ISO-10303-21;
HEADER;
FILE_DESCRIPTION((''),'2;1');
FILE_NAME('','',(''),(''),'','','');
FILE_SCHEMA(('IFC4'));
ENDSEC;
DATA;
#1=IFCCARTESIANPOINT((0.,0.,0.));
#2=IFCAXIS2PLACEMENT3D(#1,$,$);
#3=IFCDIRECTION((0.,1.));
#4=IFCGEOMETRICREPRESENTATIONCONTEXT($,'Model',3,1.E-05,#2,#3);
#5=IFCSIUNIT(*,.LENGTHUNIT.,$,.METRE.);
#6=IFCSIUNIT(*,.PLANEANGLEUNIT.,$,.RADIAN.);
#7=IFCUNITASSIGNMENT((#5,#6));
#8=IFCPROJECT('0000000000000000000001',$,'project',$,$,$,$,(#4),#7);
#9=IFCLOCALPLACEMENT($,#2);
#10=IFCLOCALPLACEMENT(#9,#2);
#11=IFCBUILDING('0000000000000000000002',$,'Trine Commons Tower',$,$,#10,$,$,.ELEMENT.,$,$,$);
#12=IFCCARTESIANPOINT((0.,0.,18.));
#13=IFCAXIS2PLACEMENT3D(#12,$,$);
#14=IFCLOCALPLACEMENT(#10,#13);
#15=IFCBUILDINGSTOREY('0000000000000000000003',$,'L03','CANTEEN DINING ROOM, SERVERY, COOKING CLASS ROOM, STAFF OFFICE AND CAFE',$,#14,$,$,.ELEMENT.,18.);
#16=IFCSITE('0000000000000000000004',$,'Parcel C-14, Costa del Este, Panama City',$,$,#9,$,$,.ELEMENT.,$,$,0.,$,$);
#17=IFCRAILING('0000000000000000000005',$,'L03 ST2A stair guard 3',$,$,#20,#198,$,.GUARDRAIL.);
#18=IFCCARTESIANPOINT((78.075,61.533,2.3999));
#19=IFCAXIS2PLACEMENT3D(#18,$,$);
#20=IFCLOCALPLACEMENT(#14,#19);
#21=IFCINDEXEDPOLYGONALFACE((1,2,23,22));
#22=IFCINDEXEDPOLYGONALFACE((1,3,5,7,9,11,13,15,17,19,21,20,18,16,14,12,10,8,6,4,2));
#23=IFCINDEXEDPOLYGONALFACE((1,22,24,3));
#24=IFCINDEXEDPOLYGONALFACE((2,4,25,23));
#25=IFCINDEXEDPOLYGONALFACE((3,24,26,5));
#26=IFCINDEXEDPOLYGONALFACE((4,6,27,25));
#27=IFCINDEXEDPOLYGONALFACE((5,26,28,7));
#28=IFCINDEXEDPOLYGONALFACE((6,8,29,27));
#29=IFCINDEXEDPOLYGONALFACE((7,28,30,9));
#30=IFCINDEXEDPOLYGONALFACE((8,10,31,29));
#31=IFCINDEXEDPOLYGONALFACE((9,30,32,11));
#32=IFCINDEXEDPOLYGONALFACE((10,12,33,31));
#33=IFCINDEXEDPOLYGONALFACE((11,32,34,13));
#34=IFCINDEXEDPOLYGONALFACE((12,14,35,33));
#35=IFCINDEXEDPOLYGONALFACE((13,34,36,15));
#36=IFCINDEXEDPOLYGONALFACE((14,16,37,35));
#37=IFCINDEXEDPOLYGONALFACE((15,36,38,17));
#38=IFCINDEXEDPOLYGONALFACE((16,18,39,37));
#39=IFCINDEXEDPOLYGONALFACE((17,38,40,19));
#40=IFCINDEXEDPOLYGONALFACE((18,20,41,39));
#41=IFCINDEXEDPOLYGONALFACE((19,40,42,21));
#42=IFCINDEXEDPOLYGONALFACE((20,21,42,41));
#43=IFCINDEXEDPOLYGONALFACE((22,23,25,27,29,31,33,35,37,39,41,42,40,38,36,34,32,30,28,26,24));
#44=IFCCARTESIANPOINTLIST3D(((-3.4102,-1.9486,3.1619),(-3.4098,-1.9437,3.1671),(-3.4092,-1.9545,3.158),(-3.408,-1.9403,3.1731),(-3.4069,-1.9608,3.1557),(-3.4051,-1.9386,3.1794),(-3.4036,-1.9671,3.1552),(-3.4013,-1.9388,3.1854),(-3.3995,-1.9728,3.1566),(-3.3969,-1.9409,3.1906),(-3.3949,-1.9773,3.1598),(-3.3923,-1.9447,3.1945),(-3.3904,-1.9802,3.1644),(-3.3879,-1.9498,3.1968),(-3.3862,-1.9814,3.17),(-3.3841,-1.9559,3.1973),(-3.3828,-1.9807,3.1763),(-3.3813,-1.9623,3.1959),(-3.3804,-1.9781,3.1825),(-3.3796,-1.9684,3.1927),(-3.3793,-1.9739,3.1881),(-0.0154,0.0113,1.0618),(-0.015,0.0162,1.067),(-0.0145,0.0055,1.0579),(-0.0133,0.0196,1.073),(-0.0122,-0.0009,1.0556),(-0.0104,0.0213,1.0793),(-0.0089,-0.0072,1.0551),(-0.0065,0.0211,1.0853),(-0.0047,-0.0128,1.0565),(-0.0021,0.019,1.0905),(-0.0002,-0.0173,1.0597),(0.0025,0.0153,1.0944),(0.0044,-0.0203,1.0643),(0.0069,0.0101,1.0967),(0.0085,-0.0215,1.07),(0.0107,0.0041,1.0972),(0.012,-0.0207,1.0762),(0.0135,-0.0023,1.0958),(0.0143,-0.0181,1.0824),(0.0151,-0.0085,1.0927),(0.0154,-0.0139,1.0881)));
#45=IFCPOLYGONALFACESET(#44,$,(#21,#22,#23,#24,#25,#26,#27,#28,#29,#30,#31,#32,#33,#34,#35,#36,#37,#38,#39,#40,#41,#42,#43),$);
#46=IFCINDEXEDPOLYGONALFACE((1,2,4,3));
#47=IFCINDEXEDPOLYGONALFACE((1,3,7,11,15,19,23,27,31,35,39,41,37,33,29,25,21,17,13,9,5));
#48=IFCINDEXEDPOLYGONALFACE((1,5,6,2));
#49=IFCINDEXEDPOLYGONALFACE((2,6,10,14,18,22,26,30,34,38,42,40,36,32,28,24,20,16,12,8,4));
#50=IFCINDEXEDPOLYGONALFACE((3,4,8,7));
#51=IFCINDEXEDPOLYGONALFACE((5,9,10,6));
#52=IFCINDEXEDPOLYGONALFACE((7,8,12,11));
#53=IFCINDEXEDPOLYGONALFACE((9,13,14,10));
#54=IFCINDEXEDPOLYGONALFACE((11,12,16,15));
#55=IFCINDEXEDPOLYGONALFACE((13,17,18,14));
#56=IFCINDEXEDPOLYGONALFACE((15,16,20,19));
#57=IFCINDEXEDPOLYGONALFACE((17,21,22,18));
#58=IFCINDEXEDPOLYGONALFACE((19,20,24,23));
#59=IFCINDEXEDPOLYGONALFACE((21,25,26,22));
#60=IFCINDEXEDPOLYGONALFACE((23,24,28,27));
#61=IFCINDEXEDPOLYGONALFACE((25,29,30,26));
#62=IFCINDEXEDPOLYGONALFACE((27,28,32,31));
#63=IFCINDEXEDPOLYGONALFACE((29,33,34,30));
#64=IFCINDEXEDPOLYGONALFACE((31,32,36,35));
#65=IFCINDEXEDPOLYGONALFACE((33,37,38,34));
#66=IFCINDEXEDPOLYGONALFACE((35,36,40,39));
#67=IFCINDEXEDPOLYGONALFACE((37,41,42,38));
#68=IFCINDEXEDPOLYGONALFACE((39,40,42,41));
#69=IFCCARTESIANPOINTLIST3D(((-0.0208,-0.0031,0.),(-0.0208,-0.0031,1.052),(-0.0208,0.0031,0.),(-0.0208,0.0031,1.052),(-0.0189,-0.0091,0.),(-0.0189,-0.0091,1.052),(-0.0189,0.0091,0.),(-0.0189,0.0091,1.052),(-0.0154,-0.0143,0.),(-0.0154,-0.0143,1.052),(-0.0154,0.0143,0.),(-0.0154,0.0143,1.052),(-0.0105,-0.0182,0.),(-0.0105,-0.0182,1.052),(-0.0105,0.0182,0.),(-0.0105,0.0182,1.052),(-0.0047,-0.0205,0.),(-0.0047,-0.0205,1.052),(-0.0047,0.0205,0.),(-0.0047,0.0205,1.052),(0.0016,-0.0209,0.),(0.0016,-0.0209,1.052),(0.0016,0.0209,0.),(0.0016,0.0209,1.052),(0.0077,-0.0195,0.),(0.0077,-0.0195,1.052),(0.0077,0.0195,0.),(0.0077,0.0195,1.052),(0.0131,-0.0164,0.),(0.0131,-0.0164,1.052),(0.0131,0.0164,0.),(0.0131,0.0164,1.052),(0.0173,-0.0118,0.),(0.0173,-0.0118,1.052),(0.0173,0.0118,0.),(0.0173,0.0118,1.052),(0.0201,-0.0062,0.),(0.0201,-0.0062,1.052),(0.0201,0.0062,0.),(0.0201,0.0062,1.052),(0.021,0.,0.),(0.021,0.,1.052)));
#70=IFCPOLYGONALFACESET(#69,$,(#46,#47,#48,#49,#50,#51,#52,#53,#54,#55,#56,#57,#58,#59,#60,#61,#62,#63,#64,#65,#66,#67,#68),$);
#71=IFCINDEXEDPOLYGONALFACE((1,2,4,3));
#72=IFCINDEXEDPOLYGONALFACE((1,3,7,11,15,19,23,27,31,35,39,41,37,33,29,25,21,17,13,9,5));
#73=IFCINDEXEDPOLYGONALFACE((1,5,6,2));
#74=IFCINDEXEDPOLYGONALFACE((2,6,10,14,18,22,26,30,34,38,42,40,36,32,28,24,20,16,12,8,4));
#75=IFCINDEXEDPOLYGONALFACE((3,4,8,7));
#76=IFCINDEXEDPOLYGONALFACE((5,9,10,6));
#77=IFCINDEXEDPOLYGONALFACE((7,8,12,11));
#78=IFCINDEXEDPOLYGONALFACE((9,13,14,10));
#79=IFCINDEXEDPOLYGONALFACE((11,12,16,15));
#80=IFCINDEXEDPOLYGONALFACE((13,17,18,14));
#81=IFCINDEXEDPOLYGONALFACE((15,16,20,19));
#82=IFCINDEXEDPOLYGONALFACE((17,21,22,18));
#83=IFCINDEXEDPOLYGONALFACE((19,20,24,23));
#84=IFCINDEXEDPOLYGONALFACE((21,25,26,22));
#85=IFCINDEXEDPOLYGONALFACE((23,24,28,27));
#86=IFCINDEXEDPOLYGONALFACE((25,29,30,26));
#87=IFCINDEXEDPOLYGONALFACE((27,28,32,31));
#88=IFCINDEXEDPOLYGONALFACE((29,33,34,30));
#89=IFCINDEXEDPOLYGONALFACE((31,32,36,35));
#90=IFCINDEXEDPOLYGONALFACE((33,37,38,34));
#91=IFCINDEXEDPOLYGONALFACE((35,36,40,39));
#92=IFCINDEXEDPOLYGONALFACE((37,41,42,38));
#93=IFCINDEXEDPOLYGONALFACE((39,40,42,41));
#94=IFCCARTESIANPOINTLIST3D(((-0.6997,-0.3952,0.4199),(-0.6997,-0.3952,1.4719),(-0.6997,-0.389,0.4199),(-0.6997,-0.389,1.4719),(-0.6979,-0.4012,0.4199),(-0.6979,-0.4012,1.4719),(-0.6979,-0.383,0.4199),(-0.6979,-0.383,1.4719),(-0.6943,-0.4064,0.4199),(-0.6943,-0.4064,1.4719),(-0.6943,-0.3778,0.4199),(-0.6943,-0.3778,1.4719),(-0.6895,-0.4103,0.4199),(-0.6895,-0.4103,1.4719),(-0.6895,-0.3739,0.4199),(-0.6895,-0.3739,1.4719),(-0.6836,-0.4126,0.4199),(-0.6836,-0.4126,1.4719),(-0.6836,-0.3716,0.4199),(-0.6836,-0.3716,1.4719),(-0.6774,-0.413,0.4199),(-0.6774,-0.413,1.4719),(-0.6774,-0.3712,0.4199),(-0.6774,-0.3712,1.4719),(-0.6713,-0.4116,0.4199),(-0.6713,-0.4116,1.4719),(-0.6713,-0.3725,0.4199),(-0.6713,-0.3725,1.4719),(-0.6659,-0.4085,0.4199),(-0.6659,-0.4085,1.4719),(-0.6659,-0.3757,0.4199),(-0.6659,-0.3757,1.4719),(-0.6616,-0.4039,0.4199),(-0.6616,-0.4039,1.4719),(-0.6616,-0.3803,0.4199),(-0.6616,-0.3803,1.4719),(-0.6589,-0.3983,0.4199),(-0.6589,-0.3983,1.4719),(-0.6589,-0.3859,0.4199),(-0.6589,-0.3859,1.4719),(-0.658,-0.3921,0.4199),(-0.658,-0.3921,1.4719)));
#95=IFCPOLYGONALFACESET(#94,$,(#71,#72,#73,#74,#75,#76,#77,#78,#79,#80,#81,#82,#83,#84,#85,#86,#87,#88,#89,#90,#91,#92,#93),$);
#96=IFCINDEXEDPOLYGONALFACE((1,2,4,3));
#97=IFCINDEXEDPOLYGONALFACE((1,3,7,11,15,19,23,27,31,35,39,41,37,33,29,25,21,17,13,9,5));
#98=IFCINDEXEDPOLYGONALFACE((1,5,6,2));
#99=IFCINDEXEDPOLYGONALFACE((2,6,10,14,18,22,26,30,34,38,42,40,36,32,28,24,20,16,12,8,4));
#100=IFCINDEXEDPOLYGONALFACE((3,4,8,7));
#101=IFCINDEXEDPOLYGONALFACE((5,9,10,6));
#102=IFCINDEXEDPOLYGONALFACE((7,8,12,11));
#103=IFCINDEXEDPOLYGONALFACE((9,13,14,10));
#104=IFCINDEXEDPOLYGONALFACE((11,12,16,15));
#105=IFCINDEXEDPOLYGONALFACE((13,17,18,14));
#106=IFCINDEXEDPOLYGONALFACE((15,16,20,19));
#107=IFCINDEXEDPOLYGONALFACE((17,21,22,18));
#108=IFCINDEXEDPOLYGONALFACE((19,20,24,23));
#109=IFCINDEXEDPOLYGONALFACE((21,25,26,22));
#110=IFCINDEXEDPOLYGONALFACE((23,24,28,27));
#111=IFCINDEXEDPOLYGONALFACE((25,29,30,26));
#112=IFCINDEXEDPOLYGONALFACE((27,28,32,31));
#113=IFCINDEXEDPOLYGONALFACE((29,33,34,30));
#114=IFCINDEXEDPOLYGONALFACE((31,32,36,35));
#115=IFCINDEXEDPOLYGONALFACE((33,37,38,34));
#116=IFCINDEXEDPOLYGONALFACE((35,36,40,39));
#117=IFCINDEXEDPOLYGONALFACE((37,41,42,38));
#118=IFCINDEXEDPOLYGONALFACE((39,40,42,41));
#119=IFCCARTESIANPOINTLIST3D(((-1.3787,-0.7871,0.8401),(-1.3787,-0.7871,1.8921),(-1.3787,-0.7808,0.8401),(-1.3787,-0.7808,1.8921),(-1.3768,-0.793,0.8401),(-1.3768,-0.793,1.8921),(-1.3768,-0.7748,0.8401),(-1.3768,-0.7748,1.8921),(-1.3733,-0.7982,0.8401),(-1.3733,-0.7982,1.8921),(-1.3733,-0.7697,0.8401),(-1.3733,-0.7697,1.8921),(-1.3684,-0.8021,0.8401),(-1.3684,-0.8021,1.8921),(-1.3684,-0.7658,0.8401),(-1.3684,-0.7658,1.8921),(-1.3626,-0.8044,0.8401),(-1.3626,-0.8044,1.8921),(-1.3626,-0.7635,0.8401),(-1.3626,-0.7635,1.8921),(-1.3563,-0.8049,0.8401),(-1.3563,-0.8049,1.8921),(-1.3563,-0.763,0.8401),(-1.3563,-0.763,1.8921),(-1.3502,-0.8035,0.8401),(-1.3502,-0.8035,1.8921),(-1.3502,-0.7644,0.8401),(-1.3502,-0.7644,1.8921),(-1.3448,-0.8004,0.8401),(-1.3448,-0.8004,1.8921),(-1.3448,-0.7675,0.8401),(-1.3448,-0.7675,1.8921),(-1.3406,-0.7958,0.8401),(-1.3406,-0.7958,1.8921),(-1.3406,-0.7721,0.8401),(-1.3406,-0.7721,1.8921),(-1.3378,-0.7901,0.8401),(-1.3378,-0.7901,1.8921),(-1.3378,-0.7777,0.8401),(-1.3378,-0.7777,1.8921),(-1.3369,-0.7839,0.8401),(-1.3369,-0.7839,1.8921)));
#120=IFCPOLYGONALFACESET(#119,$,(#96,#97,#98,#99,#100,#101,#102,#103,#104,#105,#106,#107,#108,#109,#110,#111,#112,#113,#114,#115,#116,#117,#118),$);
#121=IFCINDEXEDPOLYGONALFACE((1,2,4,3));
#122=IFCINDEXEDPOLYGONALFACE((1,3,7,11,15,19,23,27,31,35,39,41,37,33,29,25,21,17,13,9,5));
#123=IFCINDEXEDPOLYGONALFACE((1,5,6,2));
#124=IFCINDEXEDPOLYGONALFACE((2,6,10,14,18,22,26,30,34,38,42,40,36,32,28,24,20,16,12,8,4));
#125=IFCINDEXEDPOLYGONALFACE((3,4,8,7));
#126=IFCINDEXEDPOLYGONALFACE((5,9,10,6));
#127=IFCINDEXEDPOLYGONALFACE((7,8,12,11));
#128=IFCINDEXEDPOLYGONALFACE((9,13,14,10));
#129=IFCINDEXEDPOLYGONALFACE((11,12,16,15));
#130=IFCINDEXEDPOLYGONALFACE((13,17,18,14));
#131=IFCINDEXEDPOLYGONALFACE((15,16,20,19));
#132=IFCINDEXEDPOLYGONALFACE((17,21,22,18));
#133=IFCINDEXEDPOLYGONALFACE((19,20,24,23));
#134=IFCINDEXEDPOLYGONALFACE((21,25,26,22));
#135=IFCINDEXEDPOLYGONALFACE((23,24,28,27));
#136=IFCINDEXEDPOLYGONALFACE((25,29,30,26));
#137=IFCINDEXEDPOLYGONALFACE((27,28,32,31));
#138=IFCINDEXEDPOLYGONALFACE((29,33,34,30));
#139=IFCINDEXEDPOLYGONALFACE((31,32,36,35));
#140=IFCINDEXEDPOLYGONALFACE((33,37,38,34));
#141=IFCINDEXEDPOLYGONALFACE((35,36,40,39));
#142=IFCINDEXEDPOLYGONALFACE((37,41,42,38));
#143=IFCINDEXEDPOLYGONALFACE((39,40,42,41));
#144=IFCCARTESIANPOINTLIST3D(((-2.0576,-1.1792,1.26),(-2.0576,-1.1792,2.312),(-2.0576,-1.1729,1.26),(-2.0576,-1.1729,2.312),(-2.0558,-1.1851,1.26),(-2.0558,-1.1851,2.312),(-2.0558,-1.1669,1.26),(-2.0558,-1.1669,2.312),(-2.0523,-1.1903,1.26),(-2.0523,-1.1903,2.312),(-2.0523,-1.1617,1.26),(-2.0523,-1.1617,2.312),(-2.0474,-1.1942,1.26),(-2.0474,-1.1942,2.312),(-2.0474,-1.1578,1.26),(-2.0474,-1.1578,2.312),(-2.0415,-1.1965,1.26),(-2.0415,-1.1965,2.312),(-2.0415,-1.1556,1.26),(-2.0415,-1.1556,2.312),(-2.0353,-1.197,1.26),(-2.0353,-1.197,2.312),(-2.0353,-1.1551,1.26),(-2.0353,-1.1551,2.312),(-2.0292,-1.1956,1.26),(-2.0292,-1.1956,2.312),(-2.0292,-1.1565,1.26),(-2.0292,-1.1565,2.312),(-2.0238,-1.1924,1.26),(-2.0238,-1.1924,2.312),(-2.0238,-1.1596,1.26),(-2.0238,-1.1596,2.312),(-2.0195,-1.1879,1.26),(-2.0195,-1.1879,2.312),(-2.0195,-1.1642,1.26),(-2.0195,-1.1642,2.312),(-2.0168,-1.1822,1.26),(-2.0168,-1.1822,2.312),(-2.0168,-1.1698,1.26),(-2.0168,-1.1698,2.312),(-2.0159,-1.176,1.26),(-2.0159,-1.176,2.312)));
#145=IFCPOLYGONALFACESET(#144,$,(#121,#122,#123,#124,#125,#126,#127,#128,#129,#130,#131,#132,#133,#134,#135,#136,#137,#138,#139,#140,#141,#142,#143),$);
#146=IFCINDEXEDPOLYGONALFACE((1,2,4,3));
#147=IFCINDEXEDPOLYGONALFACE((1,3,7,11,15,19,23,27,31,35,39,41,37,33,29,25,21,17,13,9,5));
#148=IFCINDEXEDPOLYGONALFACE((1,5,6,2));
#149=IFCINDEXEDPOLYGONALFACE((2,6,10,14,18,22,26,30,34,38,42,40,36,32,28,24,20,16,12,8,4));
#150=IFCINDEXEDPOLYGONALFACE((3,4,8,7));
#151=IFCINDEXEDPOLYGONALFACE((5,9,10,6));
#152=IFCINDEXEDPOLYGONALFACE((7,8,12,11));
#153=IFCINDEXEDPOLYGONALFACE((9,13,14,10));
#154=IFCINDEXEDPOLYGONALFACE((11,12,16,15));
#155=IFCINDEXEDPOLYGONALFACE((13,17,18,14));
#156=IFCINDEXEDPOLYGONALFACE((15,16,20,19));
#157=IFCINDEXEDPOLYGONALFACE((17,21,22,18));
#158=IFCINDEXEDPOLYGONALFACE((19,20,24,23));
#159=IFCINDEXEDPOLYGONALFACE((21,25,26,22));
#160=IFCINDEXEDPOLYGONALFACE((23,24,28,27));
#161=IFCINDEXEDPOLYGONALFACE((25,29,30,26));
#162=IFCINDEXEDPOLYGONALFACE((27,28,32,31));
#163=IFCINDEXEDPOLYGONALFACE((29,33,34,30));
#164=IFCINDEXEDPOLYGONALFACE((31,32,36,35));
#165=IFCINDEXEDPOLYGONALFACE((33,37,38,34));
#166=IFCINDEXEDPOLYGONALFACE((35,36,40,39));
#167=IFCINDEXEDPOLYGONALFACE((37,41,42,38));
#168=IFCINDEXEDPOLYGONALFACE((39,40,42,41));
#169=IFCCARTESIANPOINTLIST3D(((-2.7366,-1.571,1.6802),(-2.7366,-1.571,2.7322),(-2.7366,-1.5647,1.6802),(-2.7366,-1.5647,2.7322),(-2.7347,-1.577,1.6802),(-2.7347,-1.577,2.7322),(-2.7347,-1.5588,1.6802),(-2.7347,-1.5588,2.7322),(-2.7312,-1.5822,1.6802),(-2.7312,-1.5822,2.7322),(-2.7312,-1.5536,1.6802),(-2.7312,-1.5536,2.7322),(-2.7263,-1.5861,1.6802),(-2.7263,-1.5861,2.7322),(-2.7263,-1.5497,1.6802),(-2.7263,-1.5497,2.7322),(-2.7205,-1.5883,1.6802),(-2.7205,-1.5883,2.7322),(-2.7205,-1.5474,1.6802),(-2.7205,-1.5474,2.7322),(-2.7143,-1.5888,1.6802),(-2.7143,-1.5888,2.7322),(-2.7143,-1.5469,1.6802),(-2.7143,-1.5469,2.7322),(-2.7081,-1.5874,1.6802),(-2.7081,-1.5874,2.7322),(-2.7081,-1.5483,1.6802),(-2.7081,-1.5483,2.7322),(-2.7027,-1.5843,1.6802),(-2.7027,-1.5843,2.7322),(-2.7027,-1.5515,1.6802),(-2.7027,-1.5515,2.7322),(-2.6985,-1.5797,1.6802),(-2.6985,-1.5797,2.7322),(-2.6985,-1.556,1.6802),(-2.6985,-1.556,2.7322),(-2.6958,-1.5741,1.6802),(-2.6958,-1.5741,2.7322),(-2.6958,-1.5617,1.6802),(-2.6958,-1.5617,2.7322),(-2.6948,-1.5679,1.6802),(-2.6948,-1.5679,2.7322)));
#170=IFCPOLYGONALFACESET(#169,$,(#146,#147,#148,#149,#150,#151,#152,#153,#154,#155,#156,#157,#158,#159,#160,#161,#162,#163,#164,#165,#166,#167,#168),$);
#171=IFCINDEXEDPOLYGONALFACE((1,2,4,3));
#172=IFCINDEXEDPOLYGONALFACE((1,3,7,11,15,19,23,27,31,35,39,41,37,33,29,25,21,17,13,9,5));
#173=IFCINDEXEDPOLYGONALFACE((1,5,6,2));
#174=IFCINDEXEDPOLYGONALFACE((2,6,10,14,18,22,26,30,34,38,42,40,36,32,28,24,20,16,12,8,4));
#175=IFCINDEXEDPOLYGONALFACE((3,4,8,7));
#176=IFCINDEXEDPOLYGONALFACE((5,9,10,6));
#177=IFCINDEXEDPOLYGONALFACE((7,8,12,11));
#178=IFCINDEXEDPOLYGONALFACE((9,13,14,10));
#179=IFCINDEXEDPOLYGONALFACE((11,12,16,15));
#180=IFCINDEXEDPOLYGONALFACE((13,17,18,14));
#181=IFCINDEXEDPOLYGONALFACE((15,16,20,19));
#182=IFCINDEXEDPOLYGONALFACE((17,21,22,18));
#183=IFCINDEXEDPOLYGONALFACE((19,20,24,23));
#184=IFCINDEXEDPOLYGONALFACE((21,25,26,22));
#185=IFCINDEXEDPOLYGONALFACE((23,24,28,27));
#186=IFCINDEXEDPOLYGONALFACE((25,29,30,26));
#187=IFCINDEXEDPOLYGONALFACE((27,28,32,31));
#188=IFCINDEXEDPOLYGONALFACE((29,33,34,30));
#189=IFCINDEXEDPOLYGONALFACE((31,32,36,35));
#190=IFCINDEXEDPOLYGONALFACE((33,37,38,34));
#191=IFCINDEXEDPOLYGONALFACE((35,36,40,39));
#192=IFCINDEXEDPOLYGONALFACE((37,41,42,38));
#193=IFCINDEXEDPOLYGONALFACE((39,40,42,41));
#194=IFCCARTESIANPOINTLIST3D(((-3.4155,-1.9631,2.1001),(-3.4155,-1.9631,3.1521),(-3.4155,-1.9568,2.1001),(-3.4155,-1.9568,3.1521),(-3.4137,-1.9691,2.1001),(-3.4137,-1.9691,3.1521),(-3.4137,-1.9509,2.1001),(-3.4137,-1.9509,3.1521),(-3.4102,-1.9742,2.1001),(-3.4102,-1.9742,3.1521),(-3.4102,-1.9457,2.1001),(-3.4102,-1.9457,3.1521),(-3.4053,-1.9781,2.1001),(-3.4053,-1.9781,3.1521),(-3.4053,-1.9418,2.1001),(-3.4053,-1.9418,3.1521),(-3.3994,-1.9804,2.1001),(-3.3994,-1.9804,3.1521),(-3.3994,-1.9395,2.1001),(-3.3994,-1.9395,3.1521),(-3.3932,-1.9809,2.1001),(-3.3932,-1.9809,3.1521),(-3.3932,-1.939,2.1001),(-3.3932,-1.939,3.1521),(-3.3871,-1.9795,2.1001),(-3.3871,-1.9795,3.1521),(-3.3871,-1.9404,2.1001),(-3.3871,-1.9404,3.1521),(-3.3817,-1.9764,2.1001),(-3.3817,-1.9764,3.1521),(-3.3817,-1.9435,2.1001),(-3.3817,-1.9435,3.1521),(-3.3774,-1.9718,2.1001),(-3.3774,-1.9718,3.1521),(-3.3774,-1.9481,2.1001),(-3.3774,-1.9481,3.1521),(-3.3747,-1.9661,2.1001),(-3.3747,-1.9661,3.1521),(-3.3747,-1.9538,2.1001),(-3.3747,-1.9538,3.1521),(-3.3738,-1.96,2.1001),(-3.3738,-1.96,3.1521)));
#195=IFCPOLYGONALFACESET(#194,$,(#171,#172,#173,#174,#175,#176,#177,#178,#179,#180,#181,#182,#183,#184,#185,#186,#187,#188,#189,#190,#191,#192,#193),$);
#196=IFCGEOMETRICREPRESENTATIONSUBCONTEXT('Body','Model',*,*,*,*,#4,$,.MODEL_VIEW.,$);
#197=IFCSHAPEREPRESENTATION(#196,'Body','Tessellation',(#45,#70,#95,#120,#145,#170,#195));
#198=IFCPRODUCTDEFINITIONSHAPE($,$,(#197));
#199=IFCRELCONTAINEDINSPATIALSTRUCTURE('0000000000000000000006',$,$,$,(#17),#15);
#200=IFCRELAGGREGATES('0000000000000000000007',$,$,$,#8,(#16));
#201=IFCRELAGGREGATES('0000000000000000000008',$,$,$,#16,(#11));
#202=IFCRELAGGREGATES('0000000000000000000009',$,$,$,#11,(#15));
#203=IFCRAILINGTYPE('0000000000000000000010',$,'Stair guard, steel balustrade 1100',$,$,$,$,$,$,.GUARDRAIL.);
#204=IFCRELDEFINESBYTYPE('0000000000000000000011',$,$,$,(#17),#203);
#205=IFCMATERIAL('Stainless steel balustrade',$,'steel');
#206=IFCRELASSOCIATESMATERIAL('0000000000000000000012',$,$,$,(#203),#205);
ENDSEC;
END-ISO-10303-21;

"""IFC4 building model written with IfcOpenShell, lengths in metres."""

from ifc_helpers import new_model, si_unit, direction, frame, origin, origin_2d, place, context, subcontext, project, spatial, circle, extrude, material, type_object, element, save


model = new_model("IFC4")

# Units and contexts
model_context = context("Model", 3, precision=1e-05, world=origin(), true_north=direction((0.0, 1.0)))
body_context = subcontext(model_context, "Body", "Model", "MODEL_VIEW")
ifc_project = project(units=[si_unit("LENGTHUNIT", "METRE"), si_unit("PLANEANGLEUNIT", "RADIAN")], contexts=[model_context])

# Site, building, storey
site_placement = place(None, origin())
site = spatial("IfcSite", under=ifc_project, at=site_placement, Name="Parcel C-14, Costa del Este, Panama City", CompositionType="ELEMENT", RefElevation=0.0)
building_placement = place(site_placement, origin())
building = spatial("IfcBuilding", under=site, at=building_placement, Name="Trine Commons Tower", CompositionType="ELEMENT")
storey_placement = place(building_placement, frame((0.0, 0.0, 18.0)))
storey = spatial("IfcBuildingStorey", under=building, at=storey_placement, Name="L03", Description="CANTEEN DINING ROOM, SERVERY, COOKING CLASS ROOM, STAFF OFFICE AND CAFE", CompositionType="ELEMENT", Elevation=18.0)

# Railing
ifc_material_1 = material(Name="Stainless steel balustrade", Category="steel")
railing_type_1 = type_object("IfcRailingType", Name="Stair guard, steel balustrade 1100", PredefinedType="GUARDRAIL", material=ifc_material_1)
railing_1_placement = place(storey_placement, frame((78.075, 61.533, 2.3999)))
element("IfcRailing", 1, at=railing_1_placement, inside=storey, type_object=railing_type_1, Name="L03 ST2A stair guard 3", PredefinedType="GUARDRAIL", context=body_context, shape_type="SweptSolid", body=[
    extrude(circle(Radius=0.0239, at=origin_2d()), frame((0.0, 0.0, 1.0762), z_axis=(-0.763375, -0.440732, 0.472244), x_axis=(0.499997, -0.866027, 0.0)), (0.0, 0.0, 1.0), 4.447),
    extrude(circle(Radius=0.021, at=origin_2d()), origin(), (0.0, 0.0, 1.0), 1.052),
    extrude(circle(Radius=0.021, at=origin_2d()), frame((-0.679, -0.3921, 0.4199)), (0.0, 0.0, 1.0), 1.052),
    extrude(circle(Radius=0.021, at=origin_2d()), frame((-1.3579, -0.7839, 0.8401)), (0.0, 0.0, 1.0), 1.052),
    extrude(circle(Radius=0.021, at=origin_2d()), frame((-2.0369, -1.176, 1.26)), (0.0, 0.0, 1.0), 1.052),
    extrude(circle(Radius=0.021, at=origin_2d()), frame((-2.7158, -1.5679, 1.6802)), (0.0, 0.0, 1.0), 1.052),
    extrude(circle(Radius=0.021, at=origin_2d()), frame((-3.3948, -1.96, 2.1001)), (0.0, 0.0, 1.0), 1.052),
])

save(model, "model.ifc")
